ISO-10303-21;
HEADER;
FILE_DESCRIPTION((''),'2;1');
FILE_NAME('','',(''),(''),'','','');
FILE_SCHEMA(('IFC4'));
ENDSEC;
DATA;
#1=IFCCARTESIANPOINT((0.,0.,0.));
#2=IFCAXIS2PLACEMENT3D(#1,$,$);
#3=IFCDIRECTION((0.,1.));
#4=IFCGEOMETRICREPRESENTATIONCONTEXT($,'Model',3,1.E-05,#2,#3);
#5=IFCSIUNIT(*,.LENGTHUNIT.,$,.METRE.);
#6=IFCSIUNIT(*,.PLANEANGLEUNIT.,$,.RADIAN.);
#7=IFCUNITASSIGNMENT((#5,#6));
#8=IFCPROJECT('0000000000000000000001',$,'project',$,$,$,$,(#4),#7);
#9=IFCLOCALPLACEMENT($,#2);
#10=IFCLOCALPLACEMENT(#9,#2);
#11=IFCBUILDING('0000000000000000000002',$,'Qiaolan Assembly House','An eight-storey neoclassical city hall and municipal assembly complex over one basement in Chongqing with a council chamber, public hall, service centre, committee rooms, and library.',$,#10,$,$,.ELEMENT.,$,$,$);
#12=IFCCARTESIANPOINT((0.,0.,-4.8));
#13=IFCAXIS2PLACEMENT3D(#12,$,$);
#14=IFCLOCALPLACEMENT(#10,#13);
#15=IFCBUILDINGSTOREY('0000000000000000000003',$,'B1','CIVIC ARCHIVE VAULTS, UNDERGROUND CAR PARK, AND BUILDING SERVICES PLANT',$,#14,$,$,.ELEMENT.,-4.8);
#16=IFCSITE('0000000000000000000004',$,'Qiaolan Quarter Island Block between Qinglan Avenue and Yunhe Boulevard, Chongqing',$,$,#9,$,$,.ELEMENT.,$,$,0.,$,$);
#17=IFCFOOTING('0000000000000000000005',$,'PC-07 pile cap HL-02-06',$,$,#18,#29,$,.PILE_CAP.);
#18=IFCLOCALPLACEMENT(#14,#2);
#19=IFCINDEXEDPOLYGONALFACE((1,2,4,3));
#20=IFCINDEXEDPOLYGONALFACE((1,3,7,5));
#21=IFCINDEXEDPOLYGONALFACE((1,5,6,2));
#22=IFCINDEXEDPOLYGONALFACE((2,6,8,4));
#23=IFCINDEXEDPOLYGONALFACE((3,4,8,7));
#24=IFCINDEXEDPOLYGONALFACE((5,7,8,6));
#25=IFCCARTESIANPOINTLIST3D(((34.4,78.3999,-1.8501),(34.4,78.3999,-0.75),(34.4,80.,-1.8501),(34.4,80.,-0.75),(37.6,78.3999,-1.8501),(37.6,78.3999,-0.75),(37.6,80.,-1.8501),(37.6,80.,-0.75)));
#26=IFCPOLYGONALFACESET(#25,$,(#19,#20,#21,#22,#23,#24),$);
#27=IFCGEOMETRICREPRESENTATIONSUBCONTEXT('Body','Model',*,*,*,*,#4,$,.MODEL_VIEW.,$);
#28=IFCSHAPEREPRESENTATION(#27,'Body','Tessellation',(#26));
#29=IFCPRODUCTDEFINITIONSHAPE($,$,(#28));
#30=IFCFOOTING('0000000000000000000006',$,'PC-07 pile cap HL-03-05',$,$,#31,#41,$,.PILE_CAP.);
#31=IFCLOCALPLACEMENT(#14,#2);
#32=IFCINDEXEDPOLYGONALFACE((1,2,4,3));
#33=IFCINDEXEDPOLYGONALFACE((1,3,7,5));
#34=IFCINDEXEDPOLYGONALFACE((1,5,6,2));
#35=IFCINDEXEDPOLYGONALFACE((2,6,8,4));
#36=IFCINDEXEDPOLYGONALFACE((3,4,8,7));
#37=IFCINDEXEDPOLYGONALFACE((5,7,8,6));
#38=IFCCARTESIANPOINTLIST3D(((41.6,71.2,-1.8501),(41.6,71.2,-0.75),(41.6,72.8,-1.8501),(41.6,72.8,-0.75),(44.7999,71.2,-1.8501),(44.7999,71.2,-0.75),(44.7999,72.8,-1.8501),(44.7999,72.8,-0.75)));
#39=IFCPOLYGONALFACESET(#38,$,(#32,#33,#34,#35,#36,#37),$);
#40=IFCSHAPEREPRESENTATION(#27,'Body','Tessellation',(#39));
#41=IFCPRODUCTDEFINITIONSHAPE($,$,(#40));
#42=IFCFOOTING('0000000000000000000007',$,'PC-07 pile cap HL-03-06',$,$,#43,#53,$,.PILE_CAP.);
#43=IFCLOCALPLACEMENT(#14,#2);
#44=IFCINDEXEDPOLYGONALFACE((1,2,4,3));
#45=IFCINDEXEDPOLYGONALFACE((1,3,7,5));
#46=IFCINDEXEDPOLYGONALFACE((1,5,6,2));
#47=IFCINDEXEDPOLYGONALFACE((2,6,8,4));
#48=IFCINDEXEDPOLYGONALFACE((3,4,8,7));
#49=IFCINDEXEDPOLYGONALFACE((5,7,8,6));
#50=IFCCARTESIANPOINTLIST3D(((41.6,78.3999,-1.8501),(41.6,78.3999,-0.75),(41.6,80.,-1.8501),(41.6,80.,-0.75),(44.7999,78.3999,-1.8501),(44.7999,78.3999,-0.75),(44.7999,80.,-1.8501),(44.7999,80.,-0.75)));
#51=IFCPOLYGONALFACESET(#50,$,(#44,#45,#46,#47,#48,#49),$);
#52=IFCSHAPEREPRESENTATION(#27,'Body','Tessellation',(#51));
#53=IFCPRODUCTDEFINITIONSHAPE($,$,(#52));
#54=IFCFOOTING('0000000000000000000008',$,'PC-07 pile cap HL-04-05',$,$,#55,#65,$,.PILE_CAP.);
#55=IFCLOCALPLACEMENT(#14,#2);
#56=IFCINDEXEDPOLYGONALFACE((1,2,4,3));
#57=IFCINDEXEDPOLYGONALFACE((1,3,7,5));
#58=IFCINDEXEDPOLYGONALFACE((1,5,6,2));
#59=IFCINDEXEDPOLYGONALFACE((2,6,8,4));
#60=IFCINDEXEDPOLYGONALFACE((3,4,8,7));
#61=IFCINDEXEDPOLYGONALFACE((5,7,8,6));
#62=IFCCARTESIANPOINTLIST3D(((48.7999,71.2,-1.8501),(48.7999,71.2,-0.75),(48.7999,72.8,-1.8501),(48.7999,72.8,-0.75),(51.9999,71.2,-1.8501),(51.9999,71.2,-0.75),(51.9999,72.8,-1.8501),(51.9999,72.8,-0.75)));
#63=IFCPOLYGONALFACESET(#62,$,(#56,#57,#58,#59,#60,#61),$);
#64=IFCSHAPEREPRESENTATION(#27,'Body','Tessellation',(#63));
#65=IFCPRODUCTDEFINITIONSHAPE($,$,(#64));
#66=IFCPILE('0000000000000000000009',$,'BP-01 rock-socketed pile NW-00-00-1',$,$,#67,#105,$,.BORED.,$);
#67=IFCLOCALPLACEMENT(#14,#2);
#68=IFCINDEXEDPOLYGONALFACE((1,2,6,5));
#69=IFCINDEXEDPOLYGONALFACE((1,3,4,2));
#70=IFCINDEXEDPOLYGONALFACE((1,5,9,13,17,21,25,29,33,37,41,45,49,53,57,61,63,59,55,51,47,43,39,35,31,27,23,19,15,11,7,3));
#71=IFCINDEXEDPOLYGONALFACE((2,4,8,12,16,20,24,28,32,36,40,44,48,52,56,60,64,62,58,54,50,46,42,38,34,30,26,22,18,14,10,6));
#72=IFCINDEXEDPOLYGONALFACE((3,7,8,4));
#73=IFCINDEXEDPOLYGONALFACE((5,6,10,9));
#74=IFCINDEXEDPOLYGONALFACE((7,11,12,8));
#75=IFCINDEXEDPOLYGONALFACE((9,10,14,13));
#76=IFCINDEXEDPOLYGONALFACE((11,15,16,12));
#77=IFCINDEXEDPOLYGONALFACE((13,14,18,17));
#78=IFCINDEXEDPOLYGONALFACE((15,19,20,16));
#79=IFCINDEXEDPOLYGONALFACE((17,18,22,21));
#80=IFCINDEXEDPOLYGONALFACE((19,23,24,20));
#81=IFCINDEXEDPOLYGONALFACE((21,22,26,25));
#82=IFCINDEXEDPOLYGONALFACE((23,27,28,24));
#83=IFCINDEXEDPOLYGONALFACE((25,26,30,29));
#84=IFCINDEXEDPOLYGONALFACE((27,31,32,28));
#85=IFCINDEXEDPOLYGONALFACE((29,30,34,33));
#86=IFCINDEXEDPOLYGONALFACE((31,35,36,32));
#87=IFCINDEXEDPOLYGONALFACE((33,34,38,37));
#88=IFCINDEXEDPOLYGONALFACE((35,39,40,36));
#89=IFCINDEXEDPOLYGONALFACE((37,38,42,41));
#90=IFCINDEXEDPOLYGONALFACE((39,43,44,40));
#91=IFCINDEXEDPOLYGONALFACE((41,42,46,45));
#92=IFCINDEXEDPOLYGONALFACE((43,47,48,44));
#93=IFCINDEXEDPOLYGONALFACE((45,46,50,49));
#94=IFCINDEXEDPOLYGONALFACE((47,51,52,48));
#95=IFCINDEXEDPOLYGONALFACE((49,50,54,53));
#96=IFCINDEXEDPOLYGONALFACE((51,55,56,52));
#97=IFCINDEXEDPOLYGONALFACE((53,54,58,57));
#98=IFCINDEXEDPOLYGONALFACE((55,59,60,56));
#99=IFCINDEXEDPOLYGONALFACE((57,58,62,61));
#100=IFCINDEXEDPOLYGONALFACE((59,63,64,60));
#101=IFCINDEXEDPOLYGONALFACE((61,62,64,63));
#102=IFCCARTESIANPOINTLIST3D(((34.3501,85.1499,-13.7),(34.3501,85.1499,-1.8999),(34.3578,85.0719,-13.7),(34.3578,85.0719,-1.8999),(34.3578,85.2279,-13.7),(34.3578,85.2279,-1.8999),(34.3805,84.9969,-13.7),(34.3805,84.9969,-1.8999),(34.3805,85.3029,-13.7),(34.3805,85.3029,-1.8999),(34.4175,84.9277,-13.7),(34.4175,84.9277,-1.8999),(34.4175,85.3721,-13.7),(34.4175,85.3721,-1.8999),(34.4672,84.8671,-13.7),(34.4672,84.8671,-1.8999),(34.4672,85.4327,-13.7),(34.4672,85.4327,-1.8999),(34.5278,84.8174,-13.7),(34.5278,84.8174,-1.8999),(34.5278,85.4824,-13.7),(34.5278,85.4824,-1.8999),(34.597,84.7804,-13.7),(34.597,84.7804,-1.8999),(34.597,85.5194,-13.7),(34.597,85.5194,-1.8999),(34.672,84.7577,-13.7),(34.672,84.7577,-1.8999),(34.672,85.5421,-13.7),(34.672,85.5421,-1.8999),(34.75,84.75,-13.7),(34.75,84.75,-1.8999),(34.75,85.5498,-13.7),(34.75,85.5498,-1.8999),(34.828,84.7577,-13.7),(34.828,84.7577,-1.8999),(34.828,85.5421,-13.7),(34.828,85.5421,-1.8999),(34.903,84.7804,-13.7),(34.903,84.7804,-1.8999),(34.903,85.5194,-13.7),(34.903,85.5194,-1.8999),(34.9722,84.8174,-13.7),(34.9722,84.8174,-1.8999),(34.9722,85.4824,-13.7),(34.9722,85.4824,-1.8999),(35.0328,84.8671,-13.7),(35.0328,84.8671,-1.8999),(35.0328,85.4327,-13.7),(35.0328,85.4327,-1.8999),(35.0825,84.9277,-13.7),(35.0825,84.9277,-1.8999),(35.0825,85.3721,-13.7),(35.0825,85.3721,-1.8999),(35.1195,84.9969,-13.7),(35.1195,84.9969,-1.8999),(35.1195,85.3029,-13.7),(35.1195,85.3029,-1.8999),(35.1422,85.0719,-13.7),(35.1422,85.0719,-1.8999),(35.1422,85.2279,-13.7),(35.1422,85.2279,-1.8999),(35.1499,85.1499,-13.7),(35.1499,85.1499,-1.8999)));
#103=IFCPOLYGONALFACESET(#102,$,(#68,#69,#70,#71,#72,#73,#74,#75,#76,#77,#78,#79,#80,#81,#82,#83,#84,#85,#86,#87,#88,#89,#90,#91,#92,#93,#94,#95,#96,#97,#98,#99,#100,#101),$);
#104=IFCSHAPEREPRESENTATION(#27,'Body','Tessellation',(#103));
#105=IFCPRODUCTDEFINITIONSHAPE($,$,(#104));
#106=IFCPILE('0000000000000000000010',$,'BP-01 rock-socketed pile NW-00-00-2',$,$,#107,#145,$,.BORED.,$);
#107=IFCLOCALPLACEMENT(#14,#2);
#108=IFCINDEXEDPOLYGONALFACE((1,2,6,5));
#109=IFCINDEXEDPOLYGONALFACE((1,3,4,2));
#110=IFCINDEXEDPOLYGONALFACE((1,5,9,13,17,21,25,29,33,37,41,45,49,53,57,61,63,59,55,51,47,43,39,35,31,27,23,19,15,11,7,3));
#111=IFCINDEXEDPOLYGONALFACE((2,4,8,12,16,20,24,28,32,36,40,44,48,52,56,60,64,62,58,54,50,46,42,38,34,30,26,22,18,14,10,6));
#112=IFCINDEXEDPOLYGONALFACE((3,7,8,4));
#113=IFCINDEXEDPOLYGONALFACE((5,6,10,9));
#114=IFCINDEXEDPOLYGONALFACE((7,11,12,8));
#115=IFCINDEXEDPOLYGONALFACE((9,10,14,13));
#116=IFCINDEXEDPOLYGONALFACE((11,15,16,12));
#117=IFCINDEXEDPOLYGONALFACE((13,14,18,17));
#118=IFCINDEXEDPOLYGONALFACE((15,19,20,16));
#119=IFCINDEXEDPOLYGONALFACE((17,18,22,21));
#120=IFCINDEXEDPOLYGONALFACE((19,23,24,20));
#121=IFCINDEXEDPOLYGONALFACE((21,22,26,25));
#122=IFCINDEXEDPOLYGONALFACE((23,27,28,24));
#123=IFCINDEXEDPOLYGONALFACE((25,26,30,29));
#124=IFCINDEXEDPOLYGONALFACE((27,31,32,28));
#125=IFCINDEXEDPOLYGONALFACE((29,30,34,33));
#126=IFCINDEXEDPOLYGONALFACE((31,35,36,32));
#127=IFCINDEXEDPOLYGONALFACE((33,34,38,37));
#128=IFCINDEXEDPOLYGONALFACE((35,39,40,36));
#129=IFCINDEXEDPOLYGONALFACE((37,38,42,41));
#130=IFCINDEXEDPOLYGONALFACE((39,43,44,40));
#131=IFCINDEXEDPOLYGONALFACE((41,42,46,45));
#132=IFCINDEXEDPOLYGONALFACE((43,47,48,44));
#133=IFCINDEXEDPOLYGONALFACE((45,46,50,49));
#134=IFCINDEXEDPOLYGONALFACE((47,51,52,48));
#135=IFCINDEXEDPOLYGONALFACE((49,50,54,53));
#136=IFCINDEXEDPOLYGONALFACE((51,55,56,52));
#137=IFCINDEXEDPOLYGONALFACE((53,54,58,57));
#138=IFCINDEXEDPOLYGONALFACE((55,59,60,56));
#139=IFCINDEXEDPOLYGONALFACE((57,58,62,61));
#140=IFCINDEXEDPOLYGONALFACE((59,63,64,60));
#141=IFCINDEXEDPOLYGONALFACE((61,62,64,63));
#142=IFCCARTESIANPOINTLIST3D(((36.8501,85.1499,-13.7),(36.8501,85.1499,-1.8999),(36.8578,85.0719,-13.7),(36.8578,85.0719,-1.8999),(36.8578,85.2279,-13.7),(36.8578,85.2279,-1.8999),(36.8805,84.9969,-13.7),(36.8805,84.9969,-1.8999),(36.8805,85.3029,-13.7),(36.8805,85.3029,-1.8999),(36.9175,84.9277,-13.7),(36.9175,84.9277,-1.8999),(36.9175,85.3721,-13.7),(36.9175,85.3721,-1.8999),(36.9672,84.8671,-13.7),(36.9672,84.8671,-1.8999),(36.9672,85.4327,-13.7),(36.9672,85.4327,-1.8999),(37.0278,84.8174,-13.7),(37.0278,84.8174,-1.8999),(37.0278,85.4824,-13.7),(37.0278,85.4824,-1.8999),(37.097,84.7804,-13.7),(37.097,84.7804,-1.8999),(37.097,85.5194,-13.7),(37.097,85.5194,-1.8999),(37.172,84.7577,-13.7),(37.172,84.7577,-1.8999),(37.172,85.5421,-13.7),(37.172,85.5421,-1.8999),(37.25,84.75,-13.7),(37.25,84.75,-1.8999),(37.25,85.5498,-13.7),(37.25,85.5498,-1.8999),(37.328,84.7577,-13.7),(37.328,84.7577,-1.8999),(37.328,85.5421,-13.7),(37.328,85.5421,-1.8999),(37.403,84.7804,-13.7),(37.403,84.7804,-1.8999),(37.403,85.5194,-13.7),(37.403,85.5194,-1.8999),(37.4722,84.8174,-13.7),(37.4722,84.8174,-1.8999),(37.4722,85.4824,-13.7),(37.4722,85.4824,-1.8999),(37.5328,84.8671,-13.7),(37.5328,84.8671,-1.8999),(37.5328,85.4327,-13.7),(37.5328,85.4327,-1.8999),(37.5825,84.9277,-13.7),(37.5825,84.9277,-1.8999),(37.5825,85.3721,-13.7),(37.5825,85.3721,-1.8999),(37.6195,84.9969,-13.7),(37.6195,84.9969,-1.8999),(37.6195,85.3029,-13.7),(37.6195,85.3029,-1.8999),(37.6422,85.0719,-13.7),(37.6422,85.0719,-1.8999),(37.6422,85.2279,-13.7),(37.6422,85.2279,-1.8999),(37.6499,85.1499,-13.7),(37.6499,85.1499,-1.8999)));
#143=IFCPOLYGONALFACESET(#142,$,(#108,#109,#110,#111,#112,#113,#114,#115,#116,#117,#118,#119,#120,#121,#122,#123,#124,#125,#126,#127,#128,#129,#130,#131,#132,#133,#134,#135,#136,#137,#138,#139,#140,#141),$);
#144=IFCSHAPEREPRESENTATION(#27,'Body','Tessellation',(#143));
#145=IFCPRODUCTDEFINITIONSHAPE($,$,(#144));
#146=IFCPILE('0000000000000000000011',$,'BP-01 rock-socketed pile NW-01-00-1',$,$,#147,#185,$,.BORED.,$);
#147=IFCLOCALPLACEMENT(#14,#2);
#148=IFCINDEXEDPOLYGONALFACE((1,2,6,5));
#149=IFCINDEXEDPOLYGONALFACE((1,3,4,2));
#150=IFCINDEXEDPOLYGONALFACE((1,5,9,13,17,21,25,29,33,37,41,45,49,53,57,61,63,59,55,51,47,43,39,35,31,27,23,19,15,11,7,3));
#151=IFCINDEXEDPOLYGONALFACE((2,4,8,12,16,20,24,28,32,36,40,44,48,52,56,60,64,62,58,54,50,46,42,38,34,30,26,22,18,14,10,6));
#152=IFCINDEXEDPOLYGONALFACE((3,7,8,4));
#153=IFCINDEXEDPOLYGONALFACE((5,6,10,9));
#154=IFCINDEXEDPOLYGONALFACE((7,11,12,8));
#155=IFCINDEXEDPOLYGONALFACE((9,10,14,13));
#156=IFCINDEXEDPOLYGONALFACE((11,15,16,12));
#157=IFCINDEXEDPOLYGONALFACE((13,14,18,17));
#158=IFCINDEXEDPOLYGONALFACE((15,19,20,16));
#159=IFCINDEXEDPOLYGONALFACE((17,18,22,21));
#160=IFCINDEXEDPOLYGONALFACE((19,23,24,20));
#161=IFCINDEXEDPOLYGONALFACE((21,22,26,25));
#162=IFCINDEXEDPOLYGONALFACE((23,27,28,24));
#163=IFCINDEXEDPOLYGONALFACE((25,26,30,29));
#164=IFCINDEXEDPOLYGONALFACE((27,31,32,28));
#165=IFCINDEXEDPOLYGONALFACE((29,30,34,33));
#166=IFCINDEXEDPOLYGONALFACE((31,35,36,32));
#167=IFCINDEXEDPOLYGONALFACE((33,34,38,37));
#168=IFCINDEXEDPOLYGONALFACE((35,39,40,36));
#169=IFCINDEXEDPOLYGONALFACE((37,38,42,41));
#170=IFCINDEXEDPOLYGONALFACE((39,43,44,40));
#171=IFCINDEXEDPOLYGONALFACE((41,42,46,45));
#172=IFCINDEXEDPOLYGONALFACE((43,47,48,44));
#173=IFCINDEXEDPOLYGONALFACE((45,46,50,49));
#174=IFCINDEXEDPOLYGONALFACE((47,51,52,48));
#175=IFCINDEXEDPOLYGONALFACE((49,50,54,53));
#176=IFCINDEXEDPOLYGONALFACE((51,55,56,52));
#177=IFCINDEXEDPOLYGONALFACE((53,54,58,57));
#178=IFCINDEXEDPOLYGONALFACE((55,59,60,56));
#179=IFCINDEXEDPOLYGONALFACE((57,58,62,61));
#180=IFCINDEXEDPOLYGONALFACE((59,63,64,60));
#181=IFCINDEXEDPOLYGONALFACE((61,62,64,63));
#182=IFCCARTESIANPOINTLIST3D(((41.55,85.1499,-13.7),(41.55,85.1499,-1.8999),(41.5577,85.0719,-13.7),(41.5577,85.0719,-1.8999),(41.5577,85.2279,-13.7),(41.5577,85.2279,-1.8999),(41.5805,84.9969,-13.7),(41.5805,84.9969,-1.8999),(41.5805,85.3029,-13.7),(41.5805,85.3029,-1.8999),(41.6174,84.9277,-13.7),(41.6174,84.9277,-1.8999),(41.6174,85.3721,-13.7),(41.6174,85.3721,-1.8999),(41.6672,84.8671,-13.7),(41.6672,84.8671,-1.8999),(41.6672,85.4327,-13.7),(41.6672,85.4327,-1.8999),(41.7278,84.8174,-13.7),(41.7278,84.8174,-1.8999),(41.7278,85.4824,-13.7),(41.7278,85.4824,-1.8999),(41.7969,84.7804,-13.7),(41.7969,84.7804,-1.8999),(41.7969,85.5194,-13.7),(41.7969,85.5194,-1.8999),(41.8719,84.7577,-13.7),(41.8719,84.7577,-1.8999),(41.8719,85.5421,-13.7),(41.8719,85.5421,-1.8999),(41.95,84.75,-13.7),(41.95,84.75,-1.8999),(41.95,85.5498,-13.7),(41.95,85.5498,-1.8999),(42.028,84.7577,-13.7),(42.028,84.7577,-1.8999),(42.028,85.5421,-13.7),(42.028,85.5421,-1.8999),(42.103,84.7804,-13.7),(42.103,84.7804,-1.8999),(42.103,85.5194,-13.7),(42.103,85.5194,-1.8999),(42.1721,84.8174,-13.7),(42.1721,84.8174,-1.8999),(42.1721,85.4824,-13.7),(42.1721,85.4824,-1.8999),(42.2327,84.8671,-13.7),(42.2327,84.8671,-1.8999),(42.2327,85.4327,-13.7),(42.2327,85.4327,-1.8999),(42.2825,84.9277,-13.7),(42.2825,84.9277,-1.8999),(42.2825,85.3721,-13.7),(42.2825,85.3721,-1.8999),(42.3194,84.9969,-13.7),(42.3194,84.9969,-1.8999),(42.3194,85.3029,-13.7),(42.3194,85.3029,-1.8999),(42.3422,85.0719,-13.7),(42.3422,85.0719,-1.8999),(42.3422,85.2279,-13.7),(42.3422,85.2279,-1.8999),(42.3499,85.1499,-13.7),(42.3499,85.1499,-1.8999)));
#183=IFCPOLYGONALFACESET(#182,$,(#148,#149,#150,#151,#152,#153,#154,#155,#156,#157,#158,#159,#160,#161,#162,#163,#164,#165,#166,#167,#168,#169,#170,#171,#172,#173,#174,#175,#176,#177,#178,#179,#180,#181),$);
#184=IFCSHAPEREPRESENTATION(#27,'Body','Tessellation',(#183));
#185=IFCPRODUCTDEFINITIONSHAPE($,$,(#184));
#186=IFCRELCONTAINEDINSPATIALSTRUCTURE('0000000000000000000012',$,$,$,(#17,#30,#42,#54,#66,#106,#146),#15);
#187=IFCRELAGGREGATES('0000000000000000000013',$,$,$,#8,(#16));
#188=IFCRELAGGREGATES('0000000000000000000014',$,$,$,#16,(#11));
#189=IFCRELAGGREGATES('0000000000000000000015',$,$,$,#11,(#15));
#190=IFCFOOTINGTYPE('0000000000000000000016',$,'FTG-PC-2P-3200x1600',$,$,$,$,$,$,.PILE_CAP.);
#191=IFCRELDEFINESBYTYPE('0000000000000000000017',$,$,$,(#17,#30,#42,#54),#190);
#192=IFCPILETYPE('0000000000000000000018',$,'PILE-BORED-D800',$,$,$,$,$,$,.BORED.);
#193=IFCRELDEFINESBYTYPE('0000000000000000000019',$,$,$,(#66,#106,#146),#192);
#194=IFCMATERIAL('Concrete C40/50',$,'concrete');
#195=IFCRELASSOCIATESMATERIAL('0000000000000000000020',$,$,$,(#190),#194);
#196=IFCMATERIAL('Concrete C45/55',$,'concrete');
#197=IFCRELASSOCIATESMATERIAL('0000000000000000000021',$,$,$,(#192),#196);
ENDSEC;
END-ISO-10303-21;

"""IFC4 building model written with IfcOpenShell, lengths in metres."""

from ifc_helpers import new_model, si_unit, direction, frame, origin, origin_2d, place, context, subcontext, project, spatial, rectangle, circle, extrude, material, material_profile, profile_set, type_object, element, save


model = new_model("IFC4")

# Units and contexts
model_context = context("Model", 3, precision=1e-05, world=origin(), true_north=direction((0.0, 1.0)))
body_context = subcontext(model_context, "Body", "Model", "MODEL_VIEW")
ifc_project = project(units=[si_unit("LENGTHUNIT", "METRE"), si_unit("PLANEANGLEUNIT", "RADIAN")], contexts=[model_context])

# Site, building, storey
site_placement = place(None, origin())
site = spatial("IfcSite", under=ifc_project, at=site_placement, Name="Qiaolan Quarter Island Block between Qinglan Avenue and Yunhe Boulevard, Chongqing", CompositionType="ELEMENT", RefElevation=0.0)
building_placement = place(site_placement, origin())
building = spatial("IfcBuilding", under=site, at=building_placement, Name="Qiaolan Assembly House", Description="An eight-storey neoclassical city hall and municipal assembly complex over one basement in Chongqing with a council chamber, public hall, service centre, committee rooms, and library.", CompositionType="ELEMENT")
storey_placement = place(building_placement, frame((0.0, 0.0, -4.8)))
storey = spatial("IfcBuildingStorey", under=building, at=storey_placement, Name="B1", Description="CIVIC ARCHIVE VAULTS, UNDERGROUND CAR PARK, AND BUILDING SERVICES PLANT", CompositionType="ELEMENT", Elevation=-4.8)

# Footings
ifc_material_1 = material(Name="Concrete C40/50", Category="concrete")
footing_type = type_object("IfcFootingType", Name="FTG-PC-2P-3200x1600", PredefinedType="PILE_CAP", material=ifc_material_1)
for number, where, z_axis, x_axis, name in (
    (1, (36.0, 79.2, -1.8501), (0.0, 0.0, 1.0), (1.0, 0.0, 0.0), "PC-07 pile cap HL-02-06"),
    (2, (43.2, 72.0, -1.8501), (0.0, 0.0, 1.0), (1.0, 0.0, 0.0), "PC-07 pile cap HL-03-05"),
    (3, (43.2, 79.2, -1.8501), (0.0, 0.0, 1.0), (1.0, 0.0, 0.0), "PC-07 pile cap HL-03-06"),
    (4, (50.3999, 72.0, -1.8501), (0.0, 0.0, 1.0), (1.0, 0.0, 0.0), "PC-07 pile cap HL-04-05"),
):
    element("IfcFooting", number, at=place(storey_placement, frame(where, z_axis=z_axis, x_axis=x_axis)), inside=storey, type_object=footing_type, Name=name, PredefinedType="PILE_CAP", context=body_context, shape_type="SweptSolid", body=[
        extrude(rectangle(XDim=3.2, YDim=1.6001, at=origin_2d()), origin(), (0.0, 0.0, 1.0), 1.1001),
    ])

# Piles
ifc_material_2 = material(Name="Concrete C45/55", Category="concrete")
ifc_material_profile_1 = material_profile(ifc_material_2, circle(Radius=0.3999, at=origin_2d()), Name="PILE D800")
ifc_profile_set_1 = profile_set([ifc_material_profile_1], Name="Concrete C45/55")
pile_type = type_object("IfcPileType", Name="PILE-BORED-D800", PredefinedType="BORED", material=ifc_profile_set_1)
for number, where, z_axis, x_axis, name in (
    (5, (34.75, 85.1499, -1.8999), (0.0, 0.0, -1.0), (1.0, 0.0, 0.0), "BP-01 rock-socketed pile NW-00-00-1"),
    (6, (37.25, 85.1499, -1.8999), (0.0, 0.0, -1.0), (1.0, 0.0, 0.0), "BP-01 rock-socketed pile NW-00-00-2"),
    (7, (41.95, 85.1499, -1.8999), (0.0, 0.0, -1.0), (1.0, 0.0, 0.0), "BP-01 rock-socketed pile NW-01-00-1"),
):
    element("IfcPile", number, at=place(storey_placement, frame(where, z_axis=z_axis, x_axis=x_axis)), inside=storey, type_object=pile_type, Name=name, PredefinedType="BORED", context=body_context, shape_type="SweptSolid", body=[
        extrude(circle(Radius=0.3999, at=origin_2d()), origin(), (0.0, 0.0, 1.0), 11.8),
    ])

save(model, "model.ifc")
